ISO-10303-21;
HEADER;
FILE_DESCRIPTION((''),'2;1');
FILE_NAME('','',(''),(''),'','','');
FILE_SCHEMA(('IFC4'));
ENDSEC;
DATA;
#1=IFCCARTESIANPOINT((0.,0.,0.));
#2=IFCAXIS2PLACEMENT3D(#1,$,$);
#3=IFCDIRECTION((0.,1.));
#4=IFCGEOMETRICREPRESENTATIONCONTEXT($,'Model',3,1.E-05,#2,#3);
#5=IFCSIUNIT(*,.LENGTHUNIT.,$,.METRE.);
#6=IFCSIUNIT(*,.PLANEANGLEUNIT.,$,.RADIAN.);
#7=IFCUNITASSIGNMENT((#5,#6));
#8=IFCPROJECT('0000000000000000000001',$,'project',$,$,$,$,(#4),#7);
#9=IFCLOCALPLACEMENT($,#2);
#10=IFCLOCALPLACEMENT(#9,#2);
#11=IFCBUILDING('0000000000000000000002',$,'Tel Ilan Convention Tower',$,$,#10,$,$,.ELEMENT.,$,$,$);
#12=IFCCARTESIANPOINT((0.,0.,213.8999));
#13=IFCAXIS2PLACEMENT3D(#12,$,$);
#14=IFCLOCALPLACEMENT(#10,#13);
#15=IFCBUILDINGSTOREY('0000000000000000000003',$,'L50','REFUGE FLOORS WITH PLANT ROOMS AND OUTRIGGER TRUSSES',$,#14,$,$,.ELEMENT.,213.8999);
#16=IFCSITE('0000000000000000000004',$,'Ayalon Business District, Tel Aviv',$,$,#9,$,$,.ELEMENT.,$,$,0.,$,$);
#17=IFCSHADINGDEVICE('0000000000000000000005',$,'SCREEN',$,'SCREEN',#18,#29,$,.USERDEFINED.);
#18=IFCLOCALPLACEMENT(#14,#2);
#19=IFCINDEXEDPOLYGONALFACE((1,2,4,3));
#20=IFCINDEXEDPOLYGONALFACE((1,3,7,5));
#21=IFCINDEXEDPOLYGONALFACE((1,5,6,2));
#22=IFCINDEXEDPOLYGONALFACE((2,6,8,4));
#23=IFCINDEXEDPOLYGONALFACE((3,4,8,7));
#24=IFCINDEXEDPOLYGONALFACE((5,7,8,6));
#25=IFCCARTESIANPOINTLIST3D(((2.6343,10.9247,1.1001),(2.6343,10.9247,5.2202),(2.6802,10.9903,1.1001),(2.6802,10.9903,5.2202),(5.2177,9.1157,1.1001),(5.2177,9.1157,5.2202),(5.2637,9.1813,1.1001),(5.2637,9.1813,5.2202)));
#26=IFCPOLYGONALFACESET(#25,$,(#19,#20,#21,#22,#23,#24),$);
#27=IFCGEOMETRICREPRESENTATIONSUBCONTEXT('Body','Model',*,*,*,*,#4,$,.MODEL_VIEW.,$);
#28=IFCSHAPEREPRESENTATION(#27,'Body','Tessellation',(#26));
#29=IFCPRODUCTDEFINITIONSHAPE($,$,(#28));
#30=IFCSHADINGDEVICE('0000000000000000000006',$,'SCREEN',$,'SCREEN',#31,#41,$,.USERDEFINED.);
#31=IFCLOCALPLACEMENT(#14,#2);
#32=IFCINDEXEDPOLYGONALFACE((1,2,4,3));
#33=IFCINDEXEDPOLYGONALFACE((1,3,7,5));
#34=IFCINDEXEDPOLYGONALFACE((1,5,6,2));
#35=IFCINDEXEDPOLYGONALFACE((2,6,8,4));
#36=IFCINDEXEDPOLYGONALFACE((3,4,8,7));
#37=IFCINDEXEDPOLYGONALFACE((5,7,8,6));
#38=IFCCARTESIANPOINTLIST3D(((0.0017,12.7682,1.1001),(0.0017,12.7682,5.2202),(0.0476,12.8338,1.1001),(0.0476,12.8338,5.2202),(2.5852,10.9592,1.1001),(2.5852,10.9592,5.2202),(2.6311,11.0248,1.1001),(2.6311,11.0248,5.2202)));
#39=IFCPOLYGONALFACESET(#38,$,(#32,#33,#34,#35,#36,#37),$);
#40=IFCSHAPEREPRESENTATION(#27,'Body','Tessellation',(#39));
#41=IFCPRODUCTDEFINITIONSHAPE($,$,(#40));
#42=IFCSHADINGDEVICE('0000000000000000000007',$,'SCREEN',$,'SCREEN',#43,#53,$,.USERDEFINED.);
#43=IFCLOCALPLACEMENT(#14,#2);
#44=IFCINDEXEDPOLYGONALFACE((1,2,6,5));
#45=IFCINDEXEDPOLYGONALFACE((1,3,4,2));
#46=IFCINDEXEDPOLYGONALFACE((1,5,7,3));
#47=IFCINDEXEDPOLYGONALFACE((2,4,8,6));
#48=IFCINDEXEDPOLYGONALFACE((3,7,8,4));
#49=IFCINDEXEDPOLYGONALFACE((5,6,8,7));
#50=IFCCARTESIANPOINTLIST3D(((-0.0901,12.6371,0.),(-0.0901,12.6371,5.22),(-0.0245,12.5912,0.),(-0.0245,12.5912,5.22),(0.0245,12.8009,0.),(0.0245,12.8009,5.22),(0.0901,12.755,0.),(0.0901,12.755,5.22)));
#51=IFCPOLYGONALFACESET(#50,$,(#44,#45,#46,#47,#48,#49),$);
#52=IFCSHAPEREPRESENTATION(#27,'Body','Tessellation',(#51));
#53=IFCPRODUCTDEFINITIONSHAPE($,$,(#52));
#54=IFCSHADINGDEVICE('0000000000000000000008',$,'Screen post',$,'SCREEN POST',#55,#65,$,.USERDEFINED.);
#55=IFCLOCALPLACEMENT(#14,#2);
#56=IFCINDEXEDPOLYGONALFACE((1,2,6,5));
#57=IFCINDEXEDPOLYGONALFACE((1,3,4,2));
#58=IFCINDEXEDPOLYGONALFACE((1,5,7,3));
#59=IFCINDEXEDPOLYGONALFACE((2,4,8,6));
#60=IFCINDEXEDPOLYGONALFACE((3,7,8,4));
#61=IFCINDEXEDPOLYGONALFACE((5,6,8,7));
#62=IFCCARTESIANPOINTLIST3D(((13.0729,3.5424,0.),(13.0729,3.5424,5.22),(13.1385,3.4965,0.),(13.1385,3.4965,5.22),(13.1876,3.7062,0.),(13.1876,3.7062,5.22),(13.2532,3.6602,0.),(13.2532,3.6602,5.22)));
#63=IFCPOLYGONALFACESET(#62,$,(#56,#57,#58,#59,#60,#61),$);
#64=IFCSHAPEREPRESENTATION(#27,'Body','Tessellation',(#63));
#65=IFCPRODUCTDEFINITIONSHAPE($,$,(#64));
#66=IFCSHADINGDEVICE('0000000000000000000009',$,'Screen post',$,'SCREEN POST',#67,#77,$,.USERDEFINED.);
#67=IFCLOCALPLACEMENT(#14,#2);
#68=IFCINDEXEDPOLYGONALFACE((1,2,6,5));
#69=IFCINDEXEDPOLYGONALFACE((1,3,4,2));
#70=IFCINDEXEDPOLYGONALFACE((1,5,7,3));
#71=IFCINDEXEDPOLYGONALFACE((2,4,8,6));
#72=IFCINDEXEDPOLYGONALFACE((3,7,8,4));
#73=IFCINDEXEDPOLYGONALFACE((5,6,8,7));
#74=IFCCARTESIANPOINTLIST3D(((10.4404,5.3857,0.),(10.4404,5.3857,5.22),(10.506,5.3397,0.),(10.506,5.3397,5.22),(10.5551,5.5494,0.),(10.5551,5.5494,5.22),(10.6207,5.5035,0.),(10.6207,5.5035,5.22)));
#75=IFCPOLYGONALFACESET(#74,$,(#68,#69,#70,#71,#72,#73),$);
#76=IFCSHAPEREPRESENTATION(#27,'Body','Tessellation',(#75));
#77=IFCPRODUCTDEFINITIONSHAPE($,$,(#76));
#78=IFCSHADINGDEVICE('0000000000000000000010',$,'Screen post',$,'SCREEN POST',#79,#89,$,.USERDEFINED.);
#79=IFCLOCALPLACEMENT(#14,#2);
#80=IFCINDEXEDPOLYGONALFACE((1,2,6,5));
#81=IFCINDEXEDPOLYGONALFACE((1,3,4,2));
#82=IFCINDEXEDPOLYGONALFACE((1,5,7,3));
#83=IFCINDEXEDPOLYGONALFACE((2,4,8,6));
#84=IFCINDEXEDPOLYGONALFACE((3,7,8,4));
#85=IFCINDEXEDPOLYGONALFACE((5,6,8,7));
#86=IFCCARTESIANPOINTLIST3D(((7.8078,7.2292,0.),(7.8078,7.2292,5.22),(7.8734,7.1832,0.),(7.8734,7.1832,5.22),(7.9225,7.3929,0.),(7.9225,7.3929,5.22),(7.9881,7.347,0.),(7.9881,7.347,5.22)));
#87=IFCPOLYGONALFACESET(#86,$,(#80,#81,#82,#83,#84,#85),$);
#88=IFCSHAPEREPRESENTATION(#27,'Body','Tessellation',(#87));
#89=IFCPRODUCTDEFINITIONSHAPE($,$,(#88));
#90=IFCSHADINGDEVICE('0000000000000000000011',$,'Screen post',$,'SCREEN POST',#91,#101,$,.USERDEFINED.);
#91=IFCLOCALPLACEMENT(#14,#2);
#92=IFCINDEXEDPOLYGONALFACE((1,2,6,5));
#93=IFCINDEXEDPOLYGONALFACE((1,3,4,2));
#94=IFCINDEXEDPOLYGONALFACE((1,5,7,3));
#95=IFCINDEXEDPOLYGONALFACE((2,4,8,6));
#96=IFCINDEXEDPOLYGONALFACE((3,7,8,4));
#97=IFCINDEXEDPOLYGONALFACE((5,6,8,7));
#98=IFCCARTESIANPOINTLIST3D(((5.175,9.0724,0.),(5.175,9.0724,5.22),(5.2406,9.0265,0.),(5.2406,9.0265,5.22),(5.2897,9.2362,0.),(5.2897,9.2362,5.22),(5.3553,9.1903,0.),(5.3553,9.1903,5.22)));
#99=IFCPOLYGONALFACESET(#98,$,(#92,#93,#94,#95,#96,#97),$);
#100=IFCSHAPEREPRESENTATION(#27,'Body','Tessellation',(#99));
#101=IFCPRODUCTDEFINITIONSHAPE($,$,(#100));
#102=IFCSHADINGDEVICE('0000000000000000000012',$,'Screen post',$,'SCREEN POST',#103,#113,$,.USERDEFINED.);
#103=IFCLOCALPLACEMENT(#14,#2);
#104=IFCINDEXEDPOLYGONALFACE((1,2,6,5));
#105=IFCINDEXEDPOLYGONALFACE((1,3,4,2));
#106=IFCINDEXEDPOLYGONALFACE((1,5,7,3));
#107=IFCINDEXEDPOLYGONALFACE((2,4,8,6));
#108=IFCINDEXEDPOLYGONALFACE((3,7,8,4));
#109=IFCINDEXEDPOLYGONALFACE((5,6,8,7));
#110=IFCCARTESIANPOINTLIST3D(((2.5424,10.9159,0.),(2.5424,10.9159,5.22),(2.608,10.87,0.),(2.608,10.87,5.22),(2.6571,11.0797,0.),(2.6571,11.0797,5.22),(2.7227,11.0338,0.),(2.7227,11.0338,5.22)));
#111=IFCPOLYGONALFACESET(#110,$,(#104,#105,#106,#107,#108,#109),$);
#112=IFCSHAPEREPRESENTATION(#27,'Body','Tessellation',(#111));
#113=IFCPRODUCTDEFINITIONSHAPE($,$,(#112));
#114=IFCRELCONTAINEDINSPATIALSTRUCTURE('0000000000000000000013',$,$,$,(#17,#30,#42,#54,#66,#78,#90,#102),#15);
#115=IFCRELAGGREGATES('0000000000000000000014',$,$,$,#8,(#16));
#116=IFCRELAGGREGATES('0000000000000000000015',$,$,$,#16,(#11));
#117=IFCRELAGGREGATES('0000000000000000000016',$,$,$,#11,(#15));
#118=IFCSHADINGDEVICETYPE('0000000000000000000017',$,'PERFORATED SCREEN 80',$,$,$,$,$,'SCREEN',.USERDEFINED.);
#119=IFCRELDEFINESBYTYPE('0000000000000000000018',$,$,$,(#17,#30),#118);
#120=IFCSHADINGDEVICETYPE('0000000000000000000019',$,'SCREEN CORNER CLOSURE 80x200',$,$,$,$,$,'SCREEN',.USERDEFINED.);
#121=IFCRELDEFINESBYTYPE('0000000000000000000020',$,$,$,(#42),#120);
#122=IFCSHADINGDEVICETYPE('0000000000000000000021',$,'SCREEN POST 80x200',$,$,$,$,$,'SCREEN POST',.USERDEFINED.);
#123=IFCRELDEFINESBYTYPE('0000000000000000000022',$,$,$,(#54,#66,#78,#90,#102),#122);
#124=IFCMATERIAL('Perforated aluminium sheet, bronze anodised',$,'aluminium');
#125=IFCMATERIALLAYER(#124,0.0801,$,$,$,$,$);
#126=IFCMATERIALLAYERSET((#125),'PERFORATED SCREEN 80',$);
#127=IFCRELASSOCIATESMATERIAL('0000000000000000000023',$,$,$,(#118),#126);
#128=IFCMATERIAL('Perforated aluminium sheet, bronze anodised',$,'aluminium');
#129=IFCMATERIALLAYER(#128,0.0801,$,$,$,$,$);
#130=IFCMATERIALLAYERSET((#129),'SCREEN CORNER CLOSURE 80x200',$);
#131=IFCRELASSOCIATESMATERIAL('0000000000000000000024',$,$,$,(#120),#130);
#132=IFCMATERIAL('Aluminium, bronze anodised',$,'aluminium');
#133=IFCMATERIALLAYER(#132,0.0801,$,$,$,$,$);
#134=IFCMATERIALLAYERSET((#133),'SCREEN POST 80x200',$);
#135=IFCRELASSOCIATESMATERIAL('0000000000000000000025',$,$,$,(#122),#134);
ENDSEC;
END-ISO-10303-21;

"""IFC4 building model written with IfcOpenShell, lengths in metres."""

from ifc_helpers import new_model, si_unit, direction, frame, origin, origin_2d, place, context, subcontext, project, spatial, rectangle, extrude, material, layer, layer_set, type_object, element, save


model = new_model("IFC4")

# Units and contexts
model_context = context("Model", 3, precision=1e-05, world=origin(), true_north=direction((0.0, 1.0)))
body_context = subcontext(model_context, "Body", "Model", "MODEL_VIEW")
ifc_project = project(units=[si_unit("LENGTHUNIT", "METRE"), si_unit("PLANEANGLEUNIT", "RADIAN")], contexts=[model_context])

# Site, building, storey
site_placement = place(None, origin())
site = spatial("IfcSite", under=ifc_project, at=site_placement, Name="Ayalon Business District, Tel Aviv", CompositionType="ELEMENT", RefElevation=0.0)
building_placement = place(site_placement, origin())
building = spatial("IfcBuilding", under=site, at=building_placement, Name="Tel Ilan Convention Tower", CompositionType="ELEMENT")
storey_placement = place(building_placement, frame((0.0, 0.0, 213.8999)))
storey = spatial("IfcBuildingStorey", under=building, at=storey_placement, Name="L50", Description="REFUGE FLOORS WITH PLANT ROOMS AND OUTRIGGER TRUSSES", CompositionType="ELEMENT", Elevation=213.8999)

# Shading devices
ifc_material_1 = material(Name="Perforated aluminium sheet, bronze anodised", Category="aluminium")
ifc_layer_1 = layer(ifc_material_1, 0.0801)
ifc_layer_set_1 = layer_set([ifc_layer_1], Name="PERFORATED SCREEN 80")
shading_device_type_1 = type_object("IfcShadingDeviceType", Name="PERFORATED SCREEN 80", ElementType="SCREEN", PredefinedType="USERDEFINED", material=ifc_layer_set_1)
for number, where, z_axis, x_axis, name in (
    (1, (3.949, 10.053, 1.1001), (0.0, 0.0, 1.0), (-0.819152, 0.573576, 0.0), "SCREEN"),
    (2, (1.3164, 11.8965, 1.1001), (0.0, 0.0, 1.0), (-0.819152, 0.573576, 0.0), "SCREEN"),
):
    element("IfcShadingDevice", number, at=place(storey_placement, frame(where, z_axis=z_axis, x_axis=x_axis)), inside=storey, type_object=shading_device_type_1, Name=name, ObjectType="SCREEN", PredefinedType="USERDEFINED", context=body_context, shape_type="SweptSolid", body=[
        extrude(rectangle(XDim=3.1538, YDim=0.0801, at=origin_2d()), origin(), (0.0, 0.0, 1.0), 4.1201),
    ])

# Shading devices
ifc_material_2 = material(Name="Perforated aluminium sheet, bronze anodised", Category="aluminium")
ifc_layer_2 = layer(ifc_material_2, 0.0801)
ifc_layer_set_2 = layer_set([ifc_layer_2], Name="SCREEN CORNER CLOSURE 80x200")
shading_device_type_2 = type_object("IfcShadingDeviceType", Name="SCREEN CORNER CLOSURE 80x200", ElementType="SCREEN", PredefinedType="USERDEFINED", material=ifc_layer_set_2)
shading_device_placement = place(storey_placement, frame((0.0, 12.696, 0.0), z_axis=(0.0, 0.0, 1.0), x_axis=(-0.819152, 0.573576, 0.0)))
element("IfcShadingDevice", 3, at=shading_device_placement, inside=storey, type_object=shading_device_type_2, Name="SCREEN", ObjectType="SCREEN", PredefinedType="USERDEFINED", context=body_context, shape_type="SweptSolid", body=[
    extrude(rectangle(XDim=0.0801, YDim=0.2, at=origin_2d()), origin(), (0.0, 0.0, 1.0), 5.22),
])
ifc_material_3 = material(Name="Aluminium, bronze anodised", Category="aluminium")
ifc_layer_3 = layer(ifc_material_3, 0.0801)
ifc_layer_set_3 = layer_set([ifc_layer_3], Name="SCREEN POST 80x200")
shading_device_type_3 = type_object("IfcShadingDeviceType", Name="SCREEN POST 80x200", ElementType="SCREEN POST", PredefinedType="USERDEFINED", material=ifc_layer_set_3)
for number, where, z_axis, x_axis, name in (
    (4, (13.1631, 3.6013, 0.0), (0.0, 0.0, 1.0), (-0.819152, 0.573576, 0.0), "Screen post"),
    (5, (10.5305, 5.4446, 0.0), (0.0, 0.0, 1.0), (-0.819152, 0.573576, 0.0), "Screen post"),
    (6, (7.8979, 7.2881, 0.0), (0.0, 0.0, 1.0), (-0.819152, 0.573576, 0.0), "Screen post"),
    (7, (5.2651, 9.1313, 0.0), (0.0, 0.0, 1.0), (-0.819152, 0.573576, 0.0), "Screen post"),
    (8, (2.6326, 10.9749, 0.0), (0.0, 0.0, 1.0), (-0.819152, 0.573576, 0.0), "Screen post"),
):
    element("IfcShadingDevice", number, at=place(storey_placement, frame(where, z_axis=z_axis, x_axis=x_axis)), inside=storey, type_object=shading_device_type_3, Name=name, ObjectType="SCREEN POST", PredefinedType="USERDEFINED", context=body_context, shape_type="SweptSolid", body=[
        extrude(rectangle(XDim=0.0801, YDim=0.2, at=origin_2d()), origin(), (0.0, 0.0, 1.0), 5.22),
    ])

save(model, "model.ifc")
